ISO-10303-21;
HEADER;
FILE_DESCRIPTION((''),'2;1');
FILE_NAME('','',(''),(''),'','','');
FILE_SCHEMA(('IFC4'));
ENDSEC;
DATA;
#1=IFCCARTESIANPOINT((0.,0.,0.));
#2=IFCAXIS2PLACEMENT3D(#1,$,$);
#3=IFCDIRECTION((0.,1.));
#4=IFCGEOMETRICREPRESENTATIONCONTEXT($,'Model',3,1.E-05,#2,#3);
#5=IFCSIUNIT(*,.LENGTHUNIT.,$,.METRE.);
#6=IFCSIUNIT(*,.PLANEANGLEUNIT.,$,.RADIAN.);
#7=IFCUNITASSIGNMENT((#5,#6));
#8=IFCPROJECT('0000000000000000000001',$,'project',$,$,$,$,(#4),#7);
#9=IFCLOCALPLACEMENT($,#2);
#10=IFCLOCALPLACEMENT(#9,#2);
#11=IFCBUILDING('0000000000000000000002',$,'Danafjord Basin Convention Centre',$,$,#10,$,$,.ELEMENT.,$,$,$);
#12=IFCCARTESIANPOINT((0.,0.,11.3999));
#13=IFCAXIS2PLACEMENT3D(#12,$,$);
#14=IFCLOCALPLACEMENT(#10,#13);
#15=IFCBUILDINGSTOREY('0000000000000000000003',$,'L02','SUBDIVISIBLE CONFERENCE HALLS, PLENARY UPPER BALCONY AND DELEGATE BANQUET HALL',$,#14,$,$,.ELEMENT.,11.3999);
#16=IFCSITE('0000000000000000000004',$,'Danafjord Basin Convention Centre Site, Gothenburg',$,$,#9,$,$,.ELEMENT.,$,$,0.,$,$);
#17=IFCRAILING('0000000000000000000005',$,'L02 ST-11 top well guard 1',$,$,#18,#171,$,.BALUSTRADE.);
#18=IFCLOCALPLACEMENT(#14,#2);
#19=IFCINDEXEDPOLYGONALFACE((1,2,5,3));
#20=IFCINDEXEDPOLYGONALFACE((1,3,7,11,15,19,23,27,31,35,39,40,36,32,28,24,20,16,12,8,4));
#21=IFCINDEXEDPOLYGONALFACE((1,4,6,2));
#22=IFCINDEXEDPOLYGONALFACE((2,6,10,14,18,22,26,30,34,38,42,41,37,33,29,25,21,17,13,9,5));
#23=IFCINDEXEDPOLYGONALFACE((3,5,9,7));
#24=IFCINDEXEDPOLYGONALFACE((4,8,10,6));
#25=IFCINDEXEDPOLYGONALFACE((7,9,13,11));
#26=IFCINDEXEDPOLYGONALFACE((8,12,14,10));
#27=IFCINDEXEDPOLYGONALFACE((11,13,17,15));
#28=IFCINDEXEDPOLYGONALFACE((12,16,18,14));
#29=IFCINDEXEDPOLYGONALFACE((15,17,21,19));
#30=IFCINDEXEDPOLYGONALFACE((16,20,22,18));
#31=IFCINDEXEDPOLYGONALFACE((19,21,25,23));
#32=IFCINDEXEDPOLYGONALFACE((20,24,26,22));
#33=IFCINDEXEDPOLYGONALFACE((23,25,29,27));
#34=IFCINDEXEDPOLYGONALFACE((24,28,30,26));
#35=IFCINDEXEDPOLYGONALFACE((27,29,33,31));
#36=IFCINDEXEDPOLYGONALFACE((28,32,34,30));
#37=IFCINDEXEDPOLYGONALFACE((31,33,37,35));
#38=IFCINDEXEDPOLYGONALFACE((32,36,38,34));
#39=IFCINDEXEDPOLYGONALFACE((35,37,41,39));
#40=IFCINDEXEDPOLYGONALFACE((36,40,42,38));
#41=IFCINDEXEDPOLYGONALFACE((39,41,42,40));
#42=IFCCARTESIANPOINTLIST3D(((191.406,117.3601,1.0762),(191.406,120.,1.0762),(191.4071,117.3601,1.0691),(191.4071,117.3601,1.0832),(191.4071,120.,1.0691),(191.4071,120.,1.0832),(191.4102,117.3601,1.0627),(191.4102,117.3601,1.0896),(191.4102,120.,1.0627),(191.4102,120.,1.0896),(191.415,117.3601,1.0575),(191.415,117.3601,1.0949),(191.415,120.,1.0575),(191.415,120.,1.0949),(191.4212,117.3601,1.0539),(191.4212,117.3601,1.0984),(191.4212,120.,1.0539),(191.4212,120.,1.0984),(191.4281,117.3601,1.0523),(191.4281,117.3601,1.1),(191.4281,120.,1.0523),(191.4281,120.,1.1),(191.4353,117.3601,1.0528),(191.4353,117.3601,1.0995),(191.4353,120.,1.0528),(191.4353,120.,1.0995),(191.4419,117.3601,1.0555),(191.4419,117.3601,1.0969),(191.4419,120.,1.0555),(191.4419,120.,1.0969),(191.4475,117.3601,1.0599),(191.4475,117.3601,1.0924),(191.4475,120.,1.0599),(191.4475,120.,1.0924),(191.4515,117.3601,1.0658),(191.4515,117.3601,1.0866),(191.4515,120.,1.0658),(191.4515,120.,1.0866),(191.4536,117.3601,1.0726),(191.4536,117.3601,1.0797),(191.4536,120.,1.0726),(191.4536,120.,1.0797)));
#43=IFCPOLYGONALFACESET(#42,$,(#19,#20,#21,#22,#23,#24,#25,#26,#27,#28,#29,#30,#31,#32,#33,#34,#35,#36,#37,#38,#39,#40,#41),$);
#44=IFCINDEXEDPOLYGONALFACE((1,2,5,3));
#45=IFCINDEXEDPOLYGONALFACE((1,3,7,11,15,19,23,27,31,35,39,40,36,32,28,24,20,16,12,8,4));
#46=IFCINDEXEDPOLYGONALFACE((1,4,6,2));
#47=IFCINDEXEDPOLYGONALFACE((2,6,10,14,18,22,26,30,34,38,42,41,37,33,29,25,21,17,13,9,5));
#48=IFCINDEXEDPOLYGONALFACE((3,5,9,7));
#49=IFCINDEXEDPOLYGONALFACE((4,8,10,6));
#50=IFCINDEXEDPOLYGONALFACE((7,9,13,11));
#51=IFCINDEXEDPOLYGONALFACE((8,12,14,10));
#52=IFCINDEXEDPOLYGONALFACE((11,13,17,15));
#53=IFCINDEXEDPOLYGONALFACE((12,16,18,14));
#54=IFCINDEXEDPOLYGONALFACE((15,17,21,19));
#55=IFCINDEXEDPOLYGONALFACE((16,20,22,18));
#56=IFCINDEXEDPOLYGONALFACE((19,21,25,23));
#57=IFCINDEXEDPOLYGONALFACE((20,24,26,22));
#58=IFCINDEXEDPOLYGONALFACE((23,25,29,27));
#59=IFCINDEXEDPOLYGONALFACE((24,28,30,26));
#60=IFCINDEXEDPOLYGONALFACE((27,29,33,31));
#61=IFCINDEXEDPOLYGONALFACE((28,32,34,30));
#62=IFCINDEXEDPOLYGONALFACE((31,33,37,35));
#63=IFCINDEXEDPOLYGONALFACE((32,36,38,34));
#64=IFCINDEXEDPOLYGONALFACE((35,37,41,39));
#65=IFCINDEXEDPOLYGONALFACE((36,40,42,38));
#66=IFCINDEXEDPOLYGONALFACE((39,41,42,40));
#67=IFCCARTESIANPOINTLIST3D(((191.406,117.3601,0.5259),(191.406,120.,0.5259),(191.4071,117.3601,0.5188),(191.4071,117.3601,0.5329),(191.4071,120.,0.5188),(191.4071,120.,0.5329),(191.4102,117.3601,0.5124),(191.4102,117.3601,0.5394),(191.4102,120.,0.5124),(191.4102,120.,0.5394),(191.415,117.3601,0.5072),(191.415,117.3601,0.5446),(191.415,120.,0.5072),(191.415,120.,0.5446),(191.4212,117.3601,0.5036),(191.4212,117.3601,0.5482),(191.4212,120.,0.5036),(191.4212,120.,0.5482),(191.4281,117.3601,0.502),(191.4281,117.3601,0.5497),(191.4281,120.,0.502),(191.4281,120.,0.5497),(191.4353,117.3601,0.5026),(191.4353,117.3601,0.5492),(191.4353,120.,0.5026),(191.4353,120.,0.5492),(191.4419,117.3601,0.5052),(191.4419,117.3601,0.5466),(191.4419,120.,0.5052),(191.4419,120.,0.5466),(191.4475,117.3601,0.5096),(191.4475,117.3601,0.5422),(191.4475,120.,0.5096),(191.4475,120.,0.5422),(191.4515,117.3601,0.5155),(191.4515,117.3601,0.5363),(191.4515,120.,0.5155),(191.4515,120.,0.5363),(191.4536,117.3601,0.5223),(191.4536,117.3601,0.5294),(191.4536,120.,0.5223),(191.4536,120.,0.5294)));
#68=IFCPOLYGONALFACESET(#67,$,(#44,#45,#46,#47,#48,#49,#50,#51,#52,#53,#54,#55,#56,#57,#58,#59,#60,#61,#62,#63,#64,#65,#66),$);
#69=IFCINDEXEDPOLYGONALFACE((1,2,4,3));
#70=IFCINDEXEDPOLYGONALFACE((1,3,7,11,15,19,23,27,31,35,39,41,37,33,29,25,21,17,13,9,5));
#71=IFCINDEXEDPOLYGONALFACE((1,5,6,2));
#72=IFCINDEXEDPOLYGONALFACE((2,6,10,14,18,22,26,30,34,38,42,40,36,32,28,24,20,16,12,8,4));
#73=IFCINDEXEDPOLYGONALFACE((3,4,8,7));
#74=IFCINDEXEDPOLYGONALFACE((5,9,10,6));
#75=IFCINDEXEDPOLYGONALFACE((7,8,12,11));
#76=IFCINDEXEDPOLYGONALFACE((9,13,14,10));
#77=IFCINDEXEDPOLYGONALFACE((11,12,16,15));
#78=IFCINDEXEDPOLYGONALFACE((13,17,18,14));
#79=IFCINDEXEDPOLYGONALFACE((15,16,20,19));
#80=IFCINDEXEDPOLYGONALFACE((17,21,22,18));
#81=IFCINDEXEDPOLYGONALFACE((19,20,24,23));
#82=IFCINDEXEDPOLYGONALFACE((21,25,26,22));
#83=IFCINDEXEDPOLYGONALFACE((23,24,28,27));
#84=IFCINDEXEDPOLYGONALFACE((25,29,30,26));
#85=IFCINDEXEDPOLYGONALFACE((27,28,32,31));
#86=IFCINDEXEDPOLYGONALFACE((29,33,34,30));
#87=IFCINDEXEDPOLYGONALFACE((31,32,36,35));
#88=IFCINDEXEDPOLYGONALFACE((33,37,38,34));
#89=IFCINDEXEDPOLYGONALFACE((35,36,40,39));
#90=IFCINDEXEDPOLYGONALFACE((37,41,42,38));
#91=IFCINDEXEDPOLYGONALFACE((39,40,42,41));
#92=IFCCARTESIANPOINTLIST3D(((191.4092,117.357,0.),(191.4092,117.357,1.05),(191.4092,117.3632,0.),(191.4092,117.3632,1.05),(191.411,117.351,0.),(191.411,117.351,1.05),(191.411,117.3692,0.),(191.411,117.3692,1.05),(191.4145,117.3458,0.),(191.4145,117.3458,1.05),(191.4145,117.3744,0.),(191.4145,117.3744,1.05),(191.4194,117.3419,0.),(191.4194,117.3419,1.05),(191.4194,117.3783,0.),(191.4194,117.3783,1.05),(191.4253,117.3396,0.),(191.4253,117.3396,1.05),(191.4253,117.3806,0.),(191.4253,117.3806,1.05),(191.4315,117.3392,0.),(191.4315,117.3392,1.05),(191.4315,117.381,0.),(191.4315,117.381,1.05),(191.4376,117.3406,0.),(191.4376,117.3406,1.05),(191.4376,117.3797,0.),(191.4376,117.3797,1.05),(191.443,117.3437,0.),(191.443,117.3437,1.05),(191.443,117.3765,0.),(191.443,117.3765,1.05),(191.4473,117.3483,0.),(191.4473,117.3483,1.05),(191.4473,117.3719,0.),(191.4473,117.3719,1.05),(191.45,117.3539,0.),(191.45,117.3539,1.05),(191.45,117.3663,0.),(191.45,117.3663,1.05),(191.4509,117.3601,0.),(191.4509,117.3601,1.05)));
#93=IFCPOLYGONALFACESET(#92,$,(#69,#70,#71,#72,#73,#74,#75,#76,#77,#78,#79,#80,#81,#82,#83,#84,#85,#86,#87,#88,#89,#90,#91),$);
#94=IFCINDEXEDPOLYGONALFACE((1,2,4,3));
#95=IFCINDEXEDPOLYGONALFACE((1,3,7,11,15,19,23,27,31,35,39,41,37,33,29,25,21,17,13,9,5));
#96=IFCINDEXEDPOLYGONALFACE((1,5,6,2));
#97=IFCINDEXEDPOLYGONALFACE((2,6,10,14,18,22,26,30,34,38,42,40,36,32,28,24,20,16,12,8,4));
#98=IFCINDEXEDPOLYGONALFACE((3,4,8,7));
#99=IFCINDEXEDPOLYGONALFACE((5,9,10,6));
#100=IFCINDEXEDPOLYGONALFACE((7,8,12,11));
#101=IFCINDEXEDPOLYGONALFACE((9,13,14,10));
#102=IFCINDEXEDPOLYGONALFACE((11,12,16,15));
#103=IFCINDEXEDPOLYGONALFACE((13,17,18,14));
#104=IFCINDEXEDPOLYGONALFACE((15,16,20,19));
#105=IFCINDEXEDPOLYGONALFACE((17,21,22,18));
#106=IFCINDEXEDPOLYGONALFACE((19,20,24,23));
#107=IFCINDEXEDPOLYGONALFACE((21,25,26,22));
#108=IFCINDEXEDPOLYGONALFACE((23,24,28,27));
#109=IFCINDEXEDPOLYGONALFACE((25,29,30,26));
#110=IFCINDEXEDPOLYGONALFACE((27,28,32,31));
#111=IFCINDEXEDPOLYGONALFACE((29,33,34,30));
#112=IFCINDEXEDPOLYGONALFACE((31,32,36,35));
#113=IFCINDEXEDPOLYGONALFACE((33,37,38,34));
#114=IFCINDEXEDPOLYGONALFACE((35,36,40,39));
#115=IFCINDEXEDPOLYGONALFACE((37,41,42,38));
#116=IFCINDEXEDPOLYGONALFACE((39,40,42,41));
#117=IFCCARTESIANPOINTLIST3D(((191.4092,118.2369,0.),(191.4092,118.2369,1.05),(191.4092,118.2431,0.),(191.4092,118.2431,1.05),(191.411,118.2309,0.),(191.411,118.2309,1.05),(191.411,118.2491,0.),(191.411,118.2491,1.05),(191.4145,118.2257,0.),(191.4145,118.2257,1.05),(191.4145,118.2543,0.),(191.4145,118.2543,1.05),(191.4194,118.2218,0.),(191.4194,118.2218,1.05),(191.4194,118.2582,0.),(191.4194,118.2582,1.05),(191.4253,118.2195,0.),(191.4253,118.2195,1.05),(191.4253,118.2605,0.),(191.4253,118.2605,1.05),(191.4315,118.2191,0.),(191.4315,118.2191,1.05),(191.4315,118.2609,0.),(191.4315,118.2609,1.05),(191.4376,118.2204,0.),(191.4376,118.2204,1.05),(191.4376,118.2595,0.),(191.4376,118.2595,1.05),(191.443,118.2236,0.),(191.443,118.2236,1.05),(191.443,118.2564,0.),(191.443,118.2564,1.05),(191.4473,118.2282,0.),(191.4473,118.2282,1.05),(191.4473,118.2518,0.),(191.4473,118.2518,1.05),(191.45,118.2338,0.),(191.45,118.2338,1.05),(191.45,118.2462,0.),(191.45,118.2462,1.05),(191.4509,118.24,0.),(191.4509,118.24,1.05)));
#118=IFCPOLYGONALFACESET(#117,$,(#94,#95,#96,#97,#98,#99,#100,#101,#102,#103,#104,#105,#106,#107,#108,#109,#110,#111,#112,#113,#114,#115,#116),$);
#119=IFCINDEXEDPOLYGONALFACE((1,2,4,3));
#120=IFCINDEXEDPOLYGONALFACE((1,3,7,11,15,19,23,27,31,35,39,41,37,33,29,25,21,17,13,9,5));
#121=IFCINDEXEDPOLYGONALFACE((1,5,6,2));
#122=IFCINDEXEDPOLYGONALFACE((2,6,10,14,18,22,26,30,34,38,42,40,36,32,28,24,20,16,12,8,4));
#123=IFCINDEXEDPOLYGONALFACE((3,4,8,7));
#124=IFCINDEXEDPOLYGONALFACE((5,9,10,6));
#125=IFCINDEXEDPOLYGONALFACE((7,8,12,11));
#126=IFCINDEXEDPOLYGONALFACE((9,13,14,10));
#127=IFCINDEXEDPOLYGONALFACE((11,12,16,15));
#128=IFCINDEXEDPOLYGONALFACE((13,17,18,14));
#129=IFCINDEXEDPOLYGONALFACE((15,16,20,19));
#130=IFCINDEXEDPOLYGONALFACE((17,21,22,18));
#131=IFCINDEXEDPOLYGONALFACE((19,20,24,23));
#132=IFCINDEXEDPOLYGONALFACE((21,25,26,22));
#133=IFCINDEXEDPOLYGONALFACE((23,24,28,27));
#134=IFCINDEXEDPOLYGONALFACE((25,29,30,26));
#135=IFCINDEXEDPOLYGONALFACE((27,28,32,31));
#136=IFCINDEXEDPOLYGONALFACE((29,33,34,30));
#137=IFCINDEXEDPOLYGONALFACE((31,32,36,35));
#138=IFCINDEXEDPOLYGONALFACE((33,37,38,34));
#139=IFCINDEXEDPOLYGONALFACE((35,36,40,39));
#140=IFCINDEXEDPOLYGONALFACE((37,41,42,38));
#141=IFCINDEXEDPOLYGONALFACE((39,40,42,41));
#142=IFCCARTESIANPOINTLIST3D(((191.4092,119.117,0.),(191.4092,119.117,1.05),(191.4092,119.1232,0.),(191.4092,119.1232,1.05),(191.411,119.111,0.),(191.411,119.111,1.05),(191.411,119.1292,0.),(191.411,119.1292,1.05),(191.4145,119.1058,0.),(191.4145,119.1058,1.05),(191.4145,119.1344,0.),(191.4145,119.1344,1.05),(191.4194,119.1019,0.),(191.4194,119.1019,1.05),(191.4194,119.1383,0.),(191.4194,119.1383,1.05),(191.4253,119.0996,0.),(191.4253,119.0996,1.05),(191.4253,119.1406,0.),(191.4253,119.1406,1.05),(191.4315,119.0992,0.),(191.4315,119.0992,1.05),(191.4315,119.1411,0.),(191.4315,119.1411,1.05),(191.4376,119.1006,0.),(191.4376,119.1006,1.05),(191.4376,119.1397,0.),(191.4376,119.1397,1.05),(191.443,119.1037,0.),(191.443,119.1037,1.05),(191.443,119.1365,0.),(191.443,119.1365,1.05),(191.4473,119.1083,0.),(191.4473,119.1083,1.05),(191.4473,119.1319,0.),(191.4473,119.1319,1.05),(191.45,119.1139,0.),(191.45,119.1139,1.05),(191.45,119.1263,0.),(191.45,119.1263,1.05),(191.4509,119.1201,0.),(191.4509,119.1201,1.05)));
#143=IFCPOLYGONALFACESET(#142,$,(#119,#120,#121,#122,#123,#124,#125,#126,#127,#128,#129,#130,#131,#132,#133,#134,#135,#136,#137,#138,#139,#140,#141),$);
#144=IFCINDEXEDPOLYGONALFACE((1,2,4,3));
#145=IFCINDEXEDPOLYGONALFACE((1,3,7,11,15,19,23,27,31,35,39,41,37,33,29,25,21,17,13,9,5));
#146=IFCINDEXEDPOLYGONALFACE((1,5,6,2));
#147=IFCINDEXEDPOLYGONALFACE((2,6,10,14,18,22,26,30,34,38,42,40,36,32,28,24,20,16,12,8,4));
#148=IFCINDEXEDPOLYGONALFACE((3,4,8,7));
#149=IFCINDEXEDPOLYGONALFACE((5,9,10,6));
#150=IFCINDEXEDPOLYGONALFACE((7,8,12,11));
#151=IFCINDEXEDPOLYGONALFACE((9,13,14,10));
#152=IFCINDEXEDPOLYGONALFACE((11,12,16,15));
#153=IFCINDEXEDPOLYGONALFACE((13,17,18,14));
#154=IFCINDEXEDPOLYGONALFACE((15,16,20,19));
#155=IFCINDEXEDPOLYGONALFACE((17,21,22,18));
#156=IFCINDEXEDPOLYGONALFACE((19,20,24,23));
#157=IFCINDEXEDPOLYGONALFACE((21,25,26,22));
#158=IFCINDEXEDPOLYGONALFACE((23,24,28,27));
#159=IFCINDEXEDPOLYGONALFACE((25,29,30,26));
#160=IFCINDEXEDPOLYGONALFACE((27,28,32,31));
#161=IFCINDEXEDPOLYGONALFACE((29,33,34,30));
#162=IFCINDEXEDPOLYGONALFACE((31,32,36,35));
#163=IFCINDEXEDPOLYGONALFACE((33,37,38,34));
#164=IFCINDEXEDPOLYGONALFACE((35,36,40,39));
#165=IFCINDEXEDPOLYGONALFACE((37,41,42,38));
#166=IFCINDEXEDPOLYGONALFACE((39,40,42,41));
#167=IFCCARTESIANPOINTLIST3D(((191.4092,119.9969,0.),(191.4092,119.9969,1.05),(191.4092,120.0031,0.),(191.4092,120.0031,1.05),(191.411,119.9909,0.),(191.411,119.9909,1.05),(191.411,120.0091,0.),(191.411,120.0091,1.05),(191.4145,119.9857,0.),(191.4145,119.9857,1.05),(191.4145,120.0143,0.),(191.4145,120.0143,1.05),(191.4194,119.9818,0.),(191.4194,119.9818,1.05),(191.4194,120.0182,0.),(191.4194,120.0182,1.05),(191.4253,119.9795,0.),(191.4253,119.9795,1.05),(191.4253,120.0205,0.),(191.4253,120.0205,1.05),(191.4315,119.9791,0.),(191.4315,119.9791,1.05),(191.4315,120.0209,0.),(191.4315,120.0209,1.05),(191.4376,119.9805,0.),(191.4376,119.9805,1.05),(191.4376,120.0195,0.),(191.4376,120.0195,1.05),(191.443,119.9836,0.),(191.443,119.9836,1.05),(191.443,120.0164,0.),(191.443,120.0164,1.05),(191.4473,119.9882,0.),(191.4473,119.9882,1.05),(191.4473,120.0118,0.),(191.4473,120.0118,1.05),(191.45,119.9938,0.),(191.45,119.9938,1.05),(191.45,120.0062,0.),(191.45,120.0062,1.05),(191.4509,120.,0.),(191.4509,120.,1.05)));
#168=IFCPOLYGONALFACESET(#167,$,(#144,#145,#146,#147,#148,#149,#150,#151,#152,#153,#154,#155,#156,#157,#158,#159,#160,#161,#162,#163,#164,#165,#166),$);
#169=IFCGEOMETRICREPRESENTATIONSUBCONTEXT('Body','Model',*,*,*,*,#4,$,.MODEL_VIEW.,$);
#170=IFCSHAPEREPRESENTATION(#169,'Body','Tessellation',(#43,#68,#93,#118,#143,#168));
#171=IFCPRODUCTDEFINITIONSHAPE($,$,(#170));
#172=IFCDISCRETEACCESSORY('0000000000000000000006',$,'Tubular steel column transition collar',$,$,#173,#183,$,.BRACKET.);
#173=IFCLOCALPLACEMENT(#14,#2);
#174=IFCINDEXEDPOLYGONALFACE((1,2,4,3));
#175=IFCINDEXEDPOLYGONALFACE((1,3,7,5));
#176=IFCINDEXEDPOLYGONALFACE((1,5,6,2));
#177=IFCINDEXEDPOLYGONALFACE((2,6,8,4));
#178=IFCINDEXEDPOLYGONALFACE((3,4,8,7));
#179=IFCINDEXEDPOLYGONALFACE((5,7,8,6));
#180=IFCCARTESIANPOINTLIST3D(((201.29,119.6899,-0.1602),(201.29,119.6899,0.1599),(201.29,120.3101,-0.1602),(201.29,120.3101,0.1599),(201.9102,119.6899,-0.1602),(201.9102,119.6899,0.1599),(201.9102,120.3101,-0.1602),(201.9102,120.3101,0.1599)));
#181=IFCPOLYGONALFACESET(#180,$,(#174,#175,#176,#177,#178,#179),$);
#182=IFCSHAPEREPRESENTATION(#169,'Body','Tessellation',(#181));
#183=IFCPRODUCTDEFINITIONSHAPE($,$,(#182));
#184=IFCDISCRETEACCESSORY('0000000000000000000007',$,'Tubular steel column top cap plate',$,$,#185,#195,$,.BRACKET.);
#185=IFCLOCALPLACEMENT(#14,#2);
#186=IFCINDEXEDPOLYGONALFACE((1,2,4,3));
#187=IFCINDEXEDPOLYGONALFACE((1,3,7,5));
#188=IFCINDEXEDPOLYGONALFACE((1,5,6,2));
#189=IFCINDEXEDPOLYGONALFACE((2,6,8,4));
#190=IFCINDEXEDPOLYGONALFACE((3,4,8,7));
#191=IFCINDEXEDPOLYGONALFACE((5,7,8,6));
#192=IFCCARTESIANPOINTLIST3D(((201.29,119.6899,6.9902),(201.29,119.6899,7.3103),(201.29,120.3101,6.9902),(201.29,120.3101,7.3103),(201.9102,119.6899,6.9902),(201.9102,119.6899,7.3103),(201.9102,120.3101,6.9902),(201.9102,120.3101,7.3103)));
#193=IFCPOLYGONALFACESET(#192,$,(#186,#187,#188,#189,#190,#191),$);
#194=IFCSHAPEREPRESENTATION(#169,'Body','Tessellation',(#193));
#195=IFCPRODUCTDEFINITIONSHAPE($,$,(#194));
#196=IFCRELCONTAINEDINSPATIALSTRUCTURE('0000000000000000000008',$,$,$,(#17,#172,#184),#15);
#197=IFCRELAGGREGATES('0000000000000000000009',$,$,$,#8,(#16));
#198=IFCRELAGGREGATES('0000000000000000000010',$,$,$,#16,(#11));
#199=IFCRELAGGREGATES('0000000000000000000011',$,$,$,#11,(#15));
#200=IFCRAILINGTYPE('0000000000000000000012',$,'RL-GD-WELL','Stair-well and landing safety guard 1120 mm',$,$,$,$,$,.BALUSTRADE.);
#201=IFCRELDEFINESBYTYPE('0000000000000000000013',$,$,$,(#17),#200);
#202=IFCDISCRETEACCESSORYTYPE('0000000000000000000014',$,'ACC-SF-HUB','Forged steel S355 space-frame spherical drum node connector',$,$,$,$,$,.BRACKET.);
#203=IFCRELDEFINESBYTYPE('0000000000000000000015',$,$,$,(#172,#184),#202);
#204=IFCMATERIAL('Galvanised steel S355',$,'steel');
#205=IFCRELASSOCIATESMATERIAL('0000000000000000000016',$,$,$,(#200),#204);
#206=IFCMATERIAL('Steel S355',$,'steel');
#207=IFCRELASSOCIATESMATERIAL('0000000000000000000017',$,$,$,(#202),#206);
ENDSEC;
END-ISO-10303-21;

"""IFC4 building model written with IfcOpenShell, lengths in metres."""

from ifc_helpers import new_model, si_unit, direction, frame, origin, origin_2d, place, context, subcontext, project, spatial, rectangle, circle, extrude, material, type_object, element, save


model = new_model("IFC4")

# Units and contexts
model_context = context("Model", 3, precision=1e-05, world=origin(), true_north=direction((0.0, 1.0)))
body_context = subcontext(model_context, "Body", "Model", "MODEL_VIEW")
ifc_project = project(units=[si_unit("LENGTHUNIT", "METRE"), si_unit("PLANEANGLEUNIT", "RADIAN")], contexts=[model_context])

# Site, building, storey
site_placement = place(None, origin())
site = spatial("IfcSite", under=ifc_project, at=site_placement, Name="Danafjord Basin Convention Centre Site, Gothenburg", CompositionType="ELEMENT", RefElevation=0.0)
building_placement = place(site_placement, origin())
building = spatial("IfcBuilding", under=site, at=building_placement, Name="Danafjord Basin Convention Centre", CompositionType="ELEMENT")
storey_placement = place(building_placement, frame((0.0, 0.0, 11.3999)))
storey = spatial("IfcBuildingStorey", under=building, at=storey_placement, Name="L02", Description="SUBDIVISIBLE CONFERENCE HALLS, PLENARY UPPER BALCONY AND DELEGATE BANQUET HALL", CompositionType="ELEMENT", Elevation=11.3999)

# Shared definitions
ifc_material_1 = material(Name="Steel S355", Category="steel")

# Railing
ifc_material_2 = material(Name="Galvanised steel S355", Category="steel")
railing_type_1 = type_object("IfcRailingType", Name="RL-GD-WELL", Description="Stair-well and landing safety guard 1120 mm", PredefinedType="BALUSTRADE", material=ifc_material_2)
railing_1_placement = place(storey_placement, frame((191.4299, 117.3601, 0.0)))
element("IfcRailing", 1, at=railing_1_placement, inside=storey, type_object=railing_type_1, Name="L02 ST-11 top well guard 1", PredefinedType="BALUSTRADE", context=body_context, shape_type="SweptSolid", body=[
    extrude(circle(Radius=0.0239, at=origin_2d()), frame((0.0, 0.0, 1.0762), z_axis=(0.0, 1.0, 0.0), x_axis=(-1.0, 0.0, 0.0)), (0.0, 0.0, 1.0), 2.6399),
    extrude(circle(Radius=0.0239, at=origin_2d()), frame((0.0, 0.0, 0.5259), z_axis=(0.0, 1.0, 0.0), x_axis=(-1.0, 0.0, 0.0)), (0.0, 0.0, 1.0), 2.6399),
    extrude(circle(Radius=0.021, at=origin_2d()), origin(), (0.0, 0.0, 1.0), 1.05),
    extrude(circle(Radius=0.021, at=origin_2d()), frame((0.0, 0.8799, 0.0)), (0.0, 0.0, 1.0), 1.05),
    extrude(circle(Radius=0.021, at=origin_2d()), frame((0.0, 1.76, 0.0)), (0.0, 0.0, 1.0), 1.05),
    extrude(circle(Radius=0.021, at=origin_2d()), frame((0.0, 2.6399, 0.0)), (0.0, 0.0, 1.0), 1.05),
])

# Discrete accessories
discrete_accessory_type = type_object("IfcDiscreteAccessoryType", Name="ACC-SF-HUB", Description="Forged steel S355 space-frame spherical drum node connector", PredefinedType="BRACKET", material=ifc_material_1)
for number, where, z_axis, x_axis, name in (
    (2, (201.6001, 120.0, -0.1602), (0.0, 0.0, 1.0), (1.0, 0.0, 0.0), "Tubular steel column transition collar"),
    (3, (201.6001, 120.0, 6.9902), (0.0, 0.0, 1.0), (1.0, 0.0, 0.0), "Tubular steel column top cap plate"),
):
    element("IfcDiscreteAccessory", number, at=place(storey_placement, frame(where, z_axis=z_axis, x_axis=x_axis)), inside=storey, type_object=discrete_accessory_type, Name=name, PredefinedType="BRACKET", context=body_context, shape_type="SweptSolid", body=[
        extrude(rectangle(XDim=0.6201, YDim=0.6201, at=origin_2d()), origin(), (0.0, 0.0, 1.0), 0.3201),
    ])

save(model, "model.ifc")
